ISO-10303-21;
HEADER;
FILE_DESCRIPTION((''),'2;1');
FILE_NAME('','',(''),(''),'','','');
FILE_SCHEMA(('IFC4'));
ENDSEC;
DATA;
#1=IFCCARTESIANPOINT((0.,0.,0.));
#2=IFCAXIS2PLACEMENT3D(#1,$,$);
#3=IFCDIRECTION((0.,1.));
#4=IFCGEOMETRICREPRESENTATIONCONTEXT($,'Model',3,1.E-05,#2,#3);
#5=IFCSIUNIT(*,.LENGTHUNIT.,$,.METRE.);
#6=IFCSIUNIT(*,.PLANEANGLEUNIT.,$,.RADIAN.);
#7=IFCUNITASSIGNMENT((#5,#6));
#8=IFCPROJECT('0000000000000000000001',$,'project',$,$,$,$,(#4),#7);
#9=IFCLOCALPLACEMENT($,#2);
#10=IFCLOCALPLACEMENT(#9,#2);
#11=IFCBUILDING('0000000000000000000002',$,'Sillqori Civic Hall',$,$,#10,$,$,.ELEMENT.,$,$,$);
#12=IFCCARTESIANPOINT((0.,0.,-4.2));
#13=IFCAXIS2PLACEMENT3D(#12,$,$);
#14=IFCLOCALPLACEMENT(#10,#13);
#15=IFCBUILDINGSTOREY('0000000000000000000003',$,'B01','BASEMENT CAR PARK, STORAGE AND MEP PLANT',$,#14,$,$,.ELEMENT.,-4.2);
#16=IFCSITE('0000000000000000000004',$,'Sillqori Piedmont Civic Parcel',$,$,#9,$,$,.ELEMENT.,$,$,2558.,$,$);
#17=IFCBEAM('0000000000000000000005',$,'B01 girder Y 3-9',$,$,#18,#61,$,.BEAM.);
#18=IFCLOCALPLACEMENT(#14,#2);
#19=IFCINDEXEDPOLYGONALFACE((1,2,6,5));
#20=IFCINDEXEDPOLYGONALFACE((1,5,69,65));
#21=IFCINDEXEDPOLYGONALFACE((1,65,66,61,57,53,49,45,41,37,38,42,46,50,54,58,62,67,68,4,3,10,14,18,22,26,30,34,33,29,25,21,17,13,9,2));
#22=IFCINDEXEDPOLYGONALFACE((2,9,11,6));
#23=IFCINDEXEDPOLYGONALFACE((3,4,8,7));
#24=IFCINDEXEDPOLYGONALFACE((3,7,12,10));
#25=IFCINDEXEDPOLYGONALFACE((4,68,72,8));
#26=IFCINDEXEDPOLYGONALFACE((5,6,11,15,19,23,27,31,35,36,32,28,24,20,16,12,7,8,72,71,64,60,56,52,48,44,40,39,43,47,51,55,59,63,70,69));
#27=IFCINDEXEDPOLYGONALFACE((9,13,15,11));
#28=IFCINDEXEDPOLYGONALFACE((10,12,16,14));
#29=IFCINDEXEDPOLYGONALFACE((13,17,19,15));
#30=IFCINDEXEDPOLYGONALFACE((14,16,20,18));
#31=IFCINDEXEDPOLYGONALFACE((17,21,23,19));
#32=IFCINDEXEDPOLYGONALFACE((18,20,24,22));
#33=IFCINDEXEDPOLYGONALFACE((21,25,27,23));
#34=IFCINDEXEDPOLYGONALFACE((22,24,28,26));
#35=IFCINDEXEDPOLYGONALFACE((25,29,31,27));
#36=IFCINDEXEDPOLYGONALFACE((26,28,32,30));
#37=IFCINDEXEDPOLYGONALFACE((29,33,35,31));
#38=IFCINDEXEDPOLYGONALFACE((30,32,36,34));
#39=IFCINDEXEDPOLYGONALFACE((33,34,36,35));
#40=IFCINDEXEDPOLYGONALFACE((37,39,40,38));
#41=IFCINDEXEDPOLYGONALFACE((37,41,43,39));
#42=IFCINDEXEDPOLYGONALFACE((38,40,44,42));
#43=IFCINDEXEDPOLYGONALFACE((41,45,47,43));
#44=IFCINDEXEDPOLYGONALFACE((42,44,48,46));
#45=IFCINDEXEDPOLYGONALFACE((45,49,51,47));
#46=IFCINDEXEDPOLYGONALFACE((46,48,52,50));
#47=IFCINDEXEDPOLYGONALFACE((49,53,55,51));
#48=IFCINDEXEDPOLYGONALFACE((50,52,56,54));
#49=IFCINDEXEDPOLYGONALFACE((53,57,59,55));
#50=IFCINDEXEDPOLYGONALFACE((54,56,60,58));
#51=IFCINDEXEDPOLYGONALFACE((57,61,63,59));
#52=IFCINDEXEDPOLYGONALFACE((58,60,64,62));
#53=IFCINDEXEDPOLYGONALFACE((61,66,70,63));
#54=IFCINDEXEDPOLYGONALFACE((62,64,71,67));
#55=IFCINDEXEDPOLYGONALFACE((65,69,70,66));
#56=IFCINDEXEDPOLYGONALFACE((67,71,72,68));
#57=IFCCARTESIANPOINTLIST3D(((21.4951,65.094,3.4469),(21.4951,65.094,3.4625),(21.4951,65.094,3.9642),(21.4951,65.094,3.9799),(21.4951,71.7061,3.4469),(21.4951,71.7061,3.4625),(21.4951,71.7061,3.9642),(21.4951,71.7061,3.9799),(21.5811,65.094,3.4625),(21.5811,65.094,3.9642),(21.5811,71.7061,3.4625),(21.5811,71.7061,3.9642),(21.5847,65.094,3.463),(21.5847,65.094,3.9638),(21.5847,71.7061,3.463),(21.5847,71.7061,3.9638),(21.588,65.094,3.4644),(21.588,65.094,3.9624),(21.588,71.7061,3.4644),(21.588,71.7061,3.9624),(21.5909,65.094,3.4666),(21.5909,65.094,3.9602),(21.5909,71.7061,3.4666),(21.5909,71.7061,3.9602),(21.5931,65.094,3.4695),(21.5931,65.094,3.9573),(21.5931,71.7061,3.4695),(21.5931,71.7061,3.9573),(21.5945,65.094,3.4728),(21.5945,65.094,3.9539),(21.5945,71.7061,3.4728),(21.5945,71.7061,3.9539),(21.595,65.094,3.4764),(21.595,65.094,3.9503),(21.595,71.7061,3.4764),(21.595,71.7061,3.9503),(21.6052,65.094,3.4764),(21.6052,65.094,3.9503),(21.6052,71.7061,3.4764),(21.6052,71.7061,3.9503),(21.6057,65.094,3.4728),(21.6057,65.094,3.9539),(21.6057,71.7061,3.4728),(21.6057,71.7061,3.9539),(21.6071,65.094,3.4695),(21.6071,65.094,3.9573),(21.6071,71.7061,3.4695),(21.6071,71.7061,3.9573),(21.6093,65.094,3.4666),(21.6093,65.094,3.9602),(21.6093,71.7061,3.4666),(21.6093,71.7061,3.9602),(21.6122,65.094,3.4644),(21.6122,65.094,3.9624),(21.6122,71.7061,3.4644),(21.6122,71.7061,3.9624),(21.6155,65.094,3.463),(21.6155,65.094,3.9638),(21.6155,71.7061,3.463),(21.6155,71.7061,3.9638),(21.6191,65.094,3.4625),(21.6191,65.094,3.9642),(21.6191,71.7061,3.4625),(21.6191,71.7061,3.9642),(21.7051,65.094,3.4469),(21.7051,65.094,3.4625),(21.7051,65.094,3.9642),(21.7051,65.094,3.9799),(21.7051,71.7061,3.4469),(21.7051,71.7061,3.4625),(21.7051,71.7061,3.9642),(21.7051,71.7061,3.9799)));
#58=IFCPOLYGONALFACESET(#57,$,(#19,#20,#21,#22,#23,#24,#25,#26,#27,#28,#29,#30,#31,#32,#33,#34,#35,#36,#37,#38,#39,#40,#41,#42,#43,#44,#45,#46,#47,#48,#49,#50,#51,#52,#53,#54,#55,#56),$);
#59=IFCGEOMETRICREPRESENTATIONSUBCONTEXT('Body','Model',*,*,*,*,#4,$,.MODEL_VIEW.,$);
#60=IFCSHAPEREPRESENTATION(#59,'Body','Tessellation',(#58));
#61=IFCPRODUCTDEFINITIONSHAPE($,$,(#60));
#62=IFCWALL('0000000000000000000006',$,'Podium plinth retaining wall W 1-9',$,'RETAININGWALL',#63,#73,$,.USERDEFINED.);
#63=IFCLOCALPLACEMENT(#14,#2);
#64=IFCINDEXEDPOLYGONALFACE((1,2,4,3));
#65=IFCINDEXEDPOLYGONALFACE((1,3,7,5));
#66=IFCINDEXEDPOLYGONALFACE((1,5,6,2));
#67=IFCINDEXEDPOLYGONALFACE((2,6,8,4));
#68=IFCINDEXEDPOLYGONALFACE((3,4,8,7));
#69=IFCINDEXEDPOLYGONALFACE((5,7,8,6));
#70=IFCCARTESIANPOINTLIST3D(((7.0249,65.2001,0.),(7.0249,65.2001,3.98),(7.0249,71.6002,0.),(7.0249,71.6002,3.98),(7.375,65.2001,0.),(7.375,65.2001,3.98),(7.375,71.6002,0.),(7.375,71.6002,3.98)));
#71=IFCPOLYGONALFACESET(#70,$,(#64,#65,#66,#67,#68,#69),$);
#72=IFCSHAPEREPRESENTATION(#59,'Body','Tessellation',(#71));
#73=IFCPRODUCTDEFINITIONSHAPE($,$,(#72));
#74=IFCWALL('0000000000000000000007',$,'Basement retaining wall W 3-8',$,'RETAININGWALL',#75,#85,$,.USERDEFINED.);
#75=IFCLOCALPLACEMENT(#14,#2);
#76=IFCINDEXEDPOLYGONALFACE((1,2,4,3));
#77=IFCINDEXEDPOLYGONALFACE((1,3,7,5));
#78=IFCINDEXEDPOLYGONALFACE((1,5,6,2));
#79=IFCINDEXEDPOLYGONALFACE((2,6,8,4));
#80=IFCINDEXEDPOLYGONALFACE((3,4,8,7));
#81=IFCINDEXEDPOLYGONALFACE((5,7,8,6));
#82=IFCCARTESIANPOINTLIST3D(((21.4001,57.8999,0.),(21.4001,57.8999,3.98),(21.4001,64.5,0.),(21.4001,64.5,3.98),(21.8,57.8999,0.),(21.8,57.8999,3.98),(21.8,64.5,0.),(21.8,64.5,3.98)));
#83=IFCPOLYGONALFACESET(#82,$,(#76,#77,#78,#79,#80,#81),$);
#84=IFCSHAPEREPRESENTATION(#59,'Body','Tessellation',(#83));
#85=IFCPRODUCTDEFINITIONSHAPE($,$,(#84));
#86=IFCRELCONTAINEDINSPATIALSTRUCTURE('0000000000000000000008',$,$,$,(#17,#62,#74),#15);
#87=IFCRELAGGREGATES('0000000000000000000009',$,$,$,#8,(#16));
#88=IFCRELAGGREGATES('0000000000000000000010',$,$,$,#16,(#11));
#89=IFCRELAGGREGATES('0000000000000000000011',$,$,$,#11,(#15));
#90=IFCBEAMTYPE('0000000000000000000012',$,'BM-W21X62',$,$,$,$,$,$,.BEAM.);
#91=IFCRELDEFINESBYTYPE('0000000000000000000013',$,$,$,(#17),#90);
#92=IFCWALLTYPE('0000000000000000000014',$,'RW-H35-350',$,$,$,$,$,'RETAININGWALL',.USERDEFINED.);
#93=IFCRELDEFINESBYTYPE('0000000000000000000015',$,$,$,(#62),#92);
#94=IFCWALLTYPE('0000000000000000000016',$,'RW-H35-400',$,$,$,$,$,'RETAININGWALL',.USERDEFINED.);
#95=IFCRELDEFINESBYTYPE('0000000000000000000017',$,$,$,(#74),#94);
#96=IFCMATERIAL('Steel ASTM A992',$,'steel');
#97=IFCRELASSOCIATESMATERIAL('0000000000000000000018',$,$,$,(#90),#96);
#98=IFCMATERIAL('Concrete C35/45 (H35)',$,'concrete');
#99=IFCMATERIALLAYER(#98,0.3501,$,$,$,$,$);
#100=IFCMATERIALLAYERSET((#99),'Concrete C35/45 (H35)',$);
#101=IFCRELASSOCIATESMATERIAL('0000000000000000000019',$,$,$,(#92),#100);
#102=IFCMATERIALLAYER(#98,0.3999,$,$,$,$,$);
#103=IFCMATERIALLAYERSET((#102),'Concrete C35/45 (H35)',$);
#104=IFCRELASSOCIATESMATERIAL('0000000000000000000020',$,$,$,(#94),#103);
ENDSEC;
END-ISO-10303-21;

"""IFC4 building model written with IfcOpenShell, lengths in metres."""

from ifc_helpers import new_model, si_unit, direction, frame, frame_2d, origin, origin_2d, place, context, subcontext, project, spatial, rectangle, i_section, extrude, material, layer, layer_set, material_profile, profile_set, type_object, element, save


model = new_model("IFC4")

# Units and contexts
model_context = context("Model", 3, precision=1e-05, world=origin(), true_north=direction((0.0, 1.0)))
body_context = subcontext(model_context, "Body", "Model", "MODEL_VIEW")
ifc_project = project(units=[si_unit("LENGTHUNIT", "METRE"), si_unit("PLANEANGLEUNIT", "RADIAN")], contexts=[model_context])

# Site, building, storey
site_placement = place(None, origin())
site = spatial("IfcSite", under=ifc_project, at=site_placement, Name="Sillqori Piedmont Civic Parcel", CompositionType="ELEMENT", RefElevation=2558.0)
building_placement = place(site_placement, origin())
building = spatial("IfcBuilding", under=site, at=building_placement, Name="Sillqori Civic Hall", CompositionType="ELEMENT")
storey_placement = place(building_placement, frame((0.0, 0.0, -4.2)))
storey = spatial("IfcBuildingStorey", under=building, at=storey_placement, Name="B01", Description="BASEMENT CAR PARK, STORAGE AND MEP PLANT", CompositionType="ELEMENT", Elevation=-4.2)

# Shared definitions
ifc_material_1 = material(Name="Concrete C35/45 (H35)", Category="concrete")

# Beam
ifc_material_2 = material(Name="Steel ASTM A992", Category="steel")
ifc_material_profile_1 = material_profile(ifc_material_2, i_section(OverallWidth=0.21, OverallDepth=0.533, WebThickness=0.0103, FlangeThickness=0.0156, FilletRadius=0.0139, at=origin_2d()), Name="W21X62")
ifc_profile_set_1 = profile_set([ifc_material_profile_1], Name="Steel ASTM A992")
beam_type = type_object("IfcBeamType", Name="BM-W21X62", PredefinedType="BEAM", material=ifc_profile_set_1)
for number, where, z_axis, x_axis, name in (
    (1, (21.6001, 65.094, 3.7134), (0.0, 1.0, 0.0), (-1.0, 0.0, 0.0), "B01 girder Y 3-9"),
):
    element("IfcBeam", number, at=place(storey_placement, frame(where, z_axis=z_axis, x_axis=x_axis)), inside=storey, type_object=beam_type, Name=name, PredefinedType="BEAM", context=body_context, shape_type="SweptSolid", body=[
        extrude(i_section(OverallWidth=0.21, OverallDepth=0.533, WebThickness=0.0103, FlangeThickness=0.0156, FilletRadius=0.0139, at=origin_2d()), origin(), (0.0, 0.0, 1.0), 6.6121),
    ])

# Walls
ifc_layer_1 = layer(ifc_material_1, 0.3501)
ifc_layer_set_1 = layer_set([ifc_layer_1], Name="Concrete C35/45 (H35)")
wall_type_1 = type_object("IfcWallType", Name="RW-H35-350", ElementType="RETAININGWALL", PredefinedType="USERDEFINED", material=ifc_layer_set_1)
wall_1_placement = place(storey_placement, frame((7.2, 65.2, 0.0), z_axis=(0.0, 0.0, 1.0), x_axis=(0.0, 1.0, 0.0)))
element("IfcWall", 2, at=wall_1_placement, inside=storey, type_object=wall_type_1, Name="Podium plinth retaining wall W 1-9", ObjectType="RETAININGWALL", PredefinedType="USERDEFINED", context=body_context, shape_type="SweptSolid", body=[
    extrude(rectangle(XDim=6.4001, YDim=0.3501, at=frame_2d((3.2002, 0.0))), origin(), (0.0, 0.0, 1.0), 3.98),
])
ifc_layer_2 = layer(ifc_material_1, 0.3999)
ifc_layer_set_2 = layer_set([ifc_layer_2], Name="Concrete C35/45 (H35)")
wall_type_2 = type_object("IfcWallType", Name="RW-H35-400", ElementType="RETAININGWALL", PredefinedType="USERDEFINED", material=ifc_layer_set_2)
wall_2_placement = place(storey_placement, frame((21.6001, 57.8999, 0.0), z_axis=(0.0, 0.0, 1.0), x_axis=(0.0, 1.0, 0.0)))
element("IfcWall", 3, at=wall_2_placement, inside=storey, type_object=wall_type_2, Name="Basement retaining wall W 3-8", ObjectType="RETAININGWALL", PredefinedType="USERDEFINED", context=body_context, shape_type="SweptSolid", body=[
    extrude(rectangle(XDim=6.6001, YDim=0.3999, at=frame_2d((3.3, 0.0))), origin(), (0.0, 0.0, 1.0), 3.98),
])

save(model, "model.ifc")
